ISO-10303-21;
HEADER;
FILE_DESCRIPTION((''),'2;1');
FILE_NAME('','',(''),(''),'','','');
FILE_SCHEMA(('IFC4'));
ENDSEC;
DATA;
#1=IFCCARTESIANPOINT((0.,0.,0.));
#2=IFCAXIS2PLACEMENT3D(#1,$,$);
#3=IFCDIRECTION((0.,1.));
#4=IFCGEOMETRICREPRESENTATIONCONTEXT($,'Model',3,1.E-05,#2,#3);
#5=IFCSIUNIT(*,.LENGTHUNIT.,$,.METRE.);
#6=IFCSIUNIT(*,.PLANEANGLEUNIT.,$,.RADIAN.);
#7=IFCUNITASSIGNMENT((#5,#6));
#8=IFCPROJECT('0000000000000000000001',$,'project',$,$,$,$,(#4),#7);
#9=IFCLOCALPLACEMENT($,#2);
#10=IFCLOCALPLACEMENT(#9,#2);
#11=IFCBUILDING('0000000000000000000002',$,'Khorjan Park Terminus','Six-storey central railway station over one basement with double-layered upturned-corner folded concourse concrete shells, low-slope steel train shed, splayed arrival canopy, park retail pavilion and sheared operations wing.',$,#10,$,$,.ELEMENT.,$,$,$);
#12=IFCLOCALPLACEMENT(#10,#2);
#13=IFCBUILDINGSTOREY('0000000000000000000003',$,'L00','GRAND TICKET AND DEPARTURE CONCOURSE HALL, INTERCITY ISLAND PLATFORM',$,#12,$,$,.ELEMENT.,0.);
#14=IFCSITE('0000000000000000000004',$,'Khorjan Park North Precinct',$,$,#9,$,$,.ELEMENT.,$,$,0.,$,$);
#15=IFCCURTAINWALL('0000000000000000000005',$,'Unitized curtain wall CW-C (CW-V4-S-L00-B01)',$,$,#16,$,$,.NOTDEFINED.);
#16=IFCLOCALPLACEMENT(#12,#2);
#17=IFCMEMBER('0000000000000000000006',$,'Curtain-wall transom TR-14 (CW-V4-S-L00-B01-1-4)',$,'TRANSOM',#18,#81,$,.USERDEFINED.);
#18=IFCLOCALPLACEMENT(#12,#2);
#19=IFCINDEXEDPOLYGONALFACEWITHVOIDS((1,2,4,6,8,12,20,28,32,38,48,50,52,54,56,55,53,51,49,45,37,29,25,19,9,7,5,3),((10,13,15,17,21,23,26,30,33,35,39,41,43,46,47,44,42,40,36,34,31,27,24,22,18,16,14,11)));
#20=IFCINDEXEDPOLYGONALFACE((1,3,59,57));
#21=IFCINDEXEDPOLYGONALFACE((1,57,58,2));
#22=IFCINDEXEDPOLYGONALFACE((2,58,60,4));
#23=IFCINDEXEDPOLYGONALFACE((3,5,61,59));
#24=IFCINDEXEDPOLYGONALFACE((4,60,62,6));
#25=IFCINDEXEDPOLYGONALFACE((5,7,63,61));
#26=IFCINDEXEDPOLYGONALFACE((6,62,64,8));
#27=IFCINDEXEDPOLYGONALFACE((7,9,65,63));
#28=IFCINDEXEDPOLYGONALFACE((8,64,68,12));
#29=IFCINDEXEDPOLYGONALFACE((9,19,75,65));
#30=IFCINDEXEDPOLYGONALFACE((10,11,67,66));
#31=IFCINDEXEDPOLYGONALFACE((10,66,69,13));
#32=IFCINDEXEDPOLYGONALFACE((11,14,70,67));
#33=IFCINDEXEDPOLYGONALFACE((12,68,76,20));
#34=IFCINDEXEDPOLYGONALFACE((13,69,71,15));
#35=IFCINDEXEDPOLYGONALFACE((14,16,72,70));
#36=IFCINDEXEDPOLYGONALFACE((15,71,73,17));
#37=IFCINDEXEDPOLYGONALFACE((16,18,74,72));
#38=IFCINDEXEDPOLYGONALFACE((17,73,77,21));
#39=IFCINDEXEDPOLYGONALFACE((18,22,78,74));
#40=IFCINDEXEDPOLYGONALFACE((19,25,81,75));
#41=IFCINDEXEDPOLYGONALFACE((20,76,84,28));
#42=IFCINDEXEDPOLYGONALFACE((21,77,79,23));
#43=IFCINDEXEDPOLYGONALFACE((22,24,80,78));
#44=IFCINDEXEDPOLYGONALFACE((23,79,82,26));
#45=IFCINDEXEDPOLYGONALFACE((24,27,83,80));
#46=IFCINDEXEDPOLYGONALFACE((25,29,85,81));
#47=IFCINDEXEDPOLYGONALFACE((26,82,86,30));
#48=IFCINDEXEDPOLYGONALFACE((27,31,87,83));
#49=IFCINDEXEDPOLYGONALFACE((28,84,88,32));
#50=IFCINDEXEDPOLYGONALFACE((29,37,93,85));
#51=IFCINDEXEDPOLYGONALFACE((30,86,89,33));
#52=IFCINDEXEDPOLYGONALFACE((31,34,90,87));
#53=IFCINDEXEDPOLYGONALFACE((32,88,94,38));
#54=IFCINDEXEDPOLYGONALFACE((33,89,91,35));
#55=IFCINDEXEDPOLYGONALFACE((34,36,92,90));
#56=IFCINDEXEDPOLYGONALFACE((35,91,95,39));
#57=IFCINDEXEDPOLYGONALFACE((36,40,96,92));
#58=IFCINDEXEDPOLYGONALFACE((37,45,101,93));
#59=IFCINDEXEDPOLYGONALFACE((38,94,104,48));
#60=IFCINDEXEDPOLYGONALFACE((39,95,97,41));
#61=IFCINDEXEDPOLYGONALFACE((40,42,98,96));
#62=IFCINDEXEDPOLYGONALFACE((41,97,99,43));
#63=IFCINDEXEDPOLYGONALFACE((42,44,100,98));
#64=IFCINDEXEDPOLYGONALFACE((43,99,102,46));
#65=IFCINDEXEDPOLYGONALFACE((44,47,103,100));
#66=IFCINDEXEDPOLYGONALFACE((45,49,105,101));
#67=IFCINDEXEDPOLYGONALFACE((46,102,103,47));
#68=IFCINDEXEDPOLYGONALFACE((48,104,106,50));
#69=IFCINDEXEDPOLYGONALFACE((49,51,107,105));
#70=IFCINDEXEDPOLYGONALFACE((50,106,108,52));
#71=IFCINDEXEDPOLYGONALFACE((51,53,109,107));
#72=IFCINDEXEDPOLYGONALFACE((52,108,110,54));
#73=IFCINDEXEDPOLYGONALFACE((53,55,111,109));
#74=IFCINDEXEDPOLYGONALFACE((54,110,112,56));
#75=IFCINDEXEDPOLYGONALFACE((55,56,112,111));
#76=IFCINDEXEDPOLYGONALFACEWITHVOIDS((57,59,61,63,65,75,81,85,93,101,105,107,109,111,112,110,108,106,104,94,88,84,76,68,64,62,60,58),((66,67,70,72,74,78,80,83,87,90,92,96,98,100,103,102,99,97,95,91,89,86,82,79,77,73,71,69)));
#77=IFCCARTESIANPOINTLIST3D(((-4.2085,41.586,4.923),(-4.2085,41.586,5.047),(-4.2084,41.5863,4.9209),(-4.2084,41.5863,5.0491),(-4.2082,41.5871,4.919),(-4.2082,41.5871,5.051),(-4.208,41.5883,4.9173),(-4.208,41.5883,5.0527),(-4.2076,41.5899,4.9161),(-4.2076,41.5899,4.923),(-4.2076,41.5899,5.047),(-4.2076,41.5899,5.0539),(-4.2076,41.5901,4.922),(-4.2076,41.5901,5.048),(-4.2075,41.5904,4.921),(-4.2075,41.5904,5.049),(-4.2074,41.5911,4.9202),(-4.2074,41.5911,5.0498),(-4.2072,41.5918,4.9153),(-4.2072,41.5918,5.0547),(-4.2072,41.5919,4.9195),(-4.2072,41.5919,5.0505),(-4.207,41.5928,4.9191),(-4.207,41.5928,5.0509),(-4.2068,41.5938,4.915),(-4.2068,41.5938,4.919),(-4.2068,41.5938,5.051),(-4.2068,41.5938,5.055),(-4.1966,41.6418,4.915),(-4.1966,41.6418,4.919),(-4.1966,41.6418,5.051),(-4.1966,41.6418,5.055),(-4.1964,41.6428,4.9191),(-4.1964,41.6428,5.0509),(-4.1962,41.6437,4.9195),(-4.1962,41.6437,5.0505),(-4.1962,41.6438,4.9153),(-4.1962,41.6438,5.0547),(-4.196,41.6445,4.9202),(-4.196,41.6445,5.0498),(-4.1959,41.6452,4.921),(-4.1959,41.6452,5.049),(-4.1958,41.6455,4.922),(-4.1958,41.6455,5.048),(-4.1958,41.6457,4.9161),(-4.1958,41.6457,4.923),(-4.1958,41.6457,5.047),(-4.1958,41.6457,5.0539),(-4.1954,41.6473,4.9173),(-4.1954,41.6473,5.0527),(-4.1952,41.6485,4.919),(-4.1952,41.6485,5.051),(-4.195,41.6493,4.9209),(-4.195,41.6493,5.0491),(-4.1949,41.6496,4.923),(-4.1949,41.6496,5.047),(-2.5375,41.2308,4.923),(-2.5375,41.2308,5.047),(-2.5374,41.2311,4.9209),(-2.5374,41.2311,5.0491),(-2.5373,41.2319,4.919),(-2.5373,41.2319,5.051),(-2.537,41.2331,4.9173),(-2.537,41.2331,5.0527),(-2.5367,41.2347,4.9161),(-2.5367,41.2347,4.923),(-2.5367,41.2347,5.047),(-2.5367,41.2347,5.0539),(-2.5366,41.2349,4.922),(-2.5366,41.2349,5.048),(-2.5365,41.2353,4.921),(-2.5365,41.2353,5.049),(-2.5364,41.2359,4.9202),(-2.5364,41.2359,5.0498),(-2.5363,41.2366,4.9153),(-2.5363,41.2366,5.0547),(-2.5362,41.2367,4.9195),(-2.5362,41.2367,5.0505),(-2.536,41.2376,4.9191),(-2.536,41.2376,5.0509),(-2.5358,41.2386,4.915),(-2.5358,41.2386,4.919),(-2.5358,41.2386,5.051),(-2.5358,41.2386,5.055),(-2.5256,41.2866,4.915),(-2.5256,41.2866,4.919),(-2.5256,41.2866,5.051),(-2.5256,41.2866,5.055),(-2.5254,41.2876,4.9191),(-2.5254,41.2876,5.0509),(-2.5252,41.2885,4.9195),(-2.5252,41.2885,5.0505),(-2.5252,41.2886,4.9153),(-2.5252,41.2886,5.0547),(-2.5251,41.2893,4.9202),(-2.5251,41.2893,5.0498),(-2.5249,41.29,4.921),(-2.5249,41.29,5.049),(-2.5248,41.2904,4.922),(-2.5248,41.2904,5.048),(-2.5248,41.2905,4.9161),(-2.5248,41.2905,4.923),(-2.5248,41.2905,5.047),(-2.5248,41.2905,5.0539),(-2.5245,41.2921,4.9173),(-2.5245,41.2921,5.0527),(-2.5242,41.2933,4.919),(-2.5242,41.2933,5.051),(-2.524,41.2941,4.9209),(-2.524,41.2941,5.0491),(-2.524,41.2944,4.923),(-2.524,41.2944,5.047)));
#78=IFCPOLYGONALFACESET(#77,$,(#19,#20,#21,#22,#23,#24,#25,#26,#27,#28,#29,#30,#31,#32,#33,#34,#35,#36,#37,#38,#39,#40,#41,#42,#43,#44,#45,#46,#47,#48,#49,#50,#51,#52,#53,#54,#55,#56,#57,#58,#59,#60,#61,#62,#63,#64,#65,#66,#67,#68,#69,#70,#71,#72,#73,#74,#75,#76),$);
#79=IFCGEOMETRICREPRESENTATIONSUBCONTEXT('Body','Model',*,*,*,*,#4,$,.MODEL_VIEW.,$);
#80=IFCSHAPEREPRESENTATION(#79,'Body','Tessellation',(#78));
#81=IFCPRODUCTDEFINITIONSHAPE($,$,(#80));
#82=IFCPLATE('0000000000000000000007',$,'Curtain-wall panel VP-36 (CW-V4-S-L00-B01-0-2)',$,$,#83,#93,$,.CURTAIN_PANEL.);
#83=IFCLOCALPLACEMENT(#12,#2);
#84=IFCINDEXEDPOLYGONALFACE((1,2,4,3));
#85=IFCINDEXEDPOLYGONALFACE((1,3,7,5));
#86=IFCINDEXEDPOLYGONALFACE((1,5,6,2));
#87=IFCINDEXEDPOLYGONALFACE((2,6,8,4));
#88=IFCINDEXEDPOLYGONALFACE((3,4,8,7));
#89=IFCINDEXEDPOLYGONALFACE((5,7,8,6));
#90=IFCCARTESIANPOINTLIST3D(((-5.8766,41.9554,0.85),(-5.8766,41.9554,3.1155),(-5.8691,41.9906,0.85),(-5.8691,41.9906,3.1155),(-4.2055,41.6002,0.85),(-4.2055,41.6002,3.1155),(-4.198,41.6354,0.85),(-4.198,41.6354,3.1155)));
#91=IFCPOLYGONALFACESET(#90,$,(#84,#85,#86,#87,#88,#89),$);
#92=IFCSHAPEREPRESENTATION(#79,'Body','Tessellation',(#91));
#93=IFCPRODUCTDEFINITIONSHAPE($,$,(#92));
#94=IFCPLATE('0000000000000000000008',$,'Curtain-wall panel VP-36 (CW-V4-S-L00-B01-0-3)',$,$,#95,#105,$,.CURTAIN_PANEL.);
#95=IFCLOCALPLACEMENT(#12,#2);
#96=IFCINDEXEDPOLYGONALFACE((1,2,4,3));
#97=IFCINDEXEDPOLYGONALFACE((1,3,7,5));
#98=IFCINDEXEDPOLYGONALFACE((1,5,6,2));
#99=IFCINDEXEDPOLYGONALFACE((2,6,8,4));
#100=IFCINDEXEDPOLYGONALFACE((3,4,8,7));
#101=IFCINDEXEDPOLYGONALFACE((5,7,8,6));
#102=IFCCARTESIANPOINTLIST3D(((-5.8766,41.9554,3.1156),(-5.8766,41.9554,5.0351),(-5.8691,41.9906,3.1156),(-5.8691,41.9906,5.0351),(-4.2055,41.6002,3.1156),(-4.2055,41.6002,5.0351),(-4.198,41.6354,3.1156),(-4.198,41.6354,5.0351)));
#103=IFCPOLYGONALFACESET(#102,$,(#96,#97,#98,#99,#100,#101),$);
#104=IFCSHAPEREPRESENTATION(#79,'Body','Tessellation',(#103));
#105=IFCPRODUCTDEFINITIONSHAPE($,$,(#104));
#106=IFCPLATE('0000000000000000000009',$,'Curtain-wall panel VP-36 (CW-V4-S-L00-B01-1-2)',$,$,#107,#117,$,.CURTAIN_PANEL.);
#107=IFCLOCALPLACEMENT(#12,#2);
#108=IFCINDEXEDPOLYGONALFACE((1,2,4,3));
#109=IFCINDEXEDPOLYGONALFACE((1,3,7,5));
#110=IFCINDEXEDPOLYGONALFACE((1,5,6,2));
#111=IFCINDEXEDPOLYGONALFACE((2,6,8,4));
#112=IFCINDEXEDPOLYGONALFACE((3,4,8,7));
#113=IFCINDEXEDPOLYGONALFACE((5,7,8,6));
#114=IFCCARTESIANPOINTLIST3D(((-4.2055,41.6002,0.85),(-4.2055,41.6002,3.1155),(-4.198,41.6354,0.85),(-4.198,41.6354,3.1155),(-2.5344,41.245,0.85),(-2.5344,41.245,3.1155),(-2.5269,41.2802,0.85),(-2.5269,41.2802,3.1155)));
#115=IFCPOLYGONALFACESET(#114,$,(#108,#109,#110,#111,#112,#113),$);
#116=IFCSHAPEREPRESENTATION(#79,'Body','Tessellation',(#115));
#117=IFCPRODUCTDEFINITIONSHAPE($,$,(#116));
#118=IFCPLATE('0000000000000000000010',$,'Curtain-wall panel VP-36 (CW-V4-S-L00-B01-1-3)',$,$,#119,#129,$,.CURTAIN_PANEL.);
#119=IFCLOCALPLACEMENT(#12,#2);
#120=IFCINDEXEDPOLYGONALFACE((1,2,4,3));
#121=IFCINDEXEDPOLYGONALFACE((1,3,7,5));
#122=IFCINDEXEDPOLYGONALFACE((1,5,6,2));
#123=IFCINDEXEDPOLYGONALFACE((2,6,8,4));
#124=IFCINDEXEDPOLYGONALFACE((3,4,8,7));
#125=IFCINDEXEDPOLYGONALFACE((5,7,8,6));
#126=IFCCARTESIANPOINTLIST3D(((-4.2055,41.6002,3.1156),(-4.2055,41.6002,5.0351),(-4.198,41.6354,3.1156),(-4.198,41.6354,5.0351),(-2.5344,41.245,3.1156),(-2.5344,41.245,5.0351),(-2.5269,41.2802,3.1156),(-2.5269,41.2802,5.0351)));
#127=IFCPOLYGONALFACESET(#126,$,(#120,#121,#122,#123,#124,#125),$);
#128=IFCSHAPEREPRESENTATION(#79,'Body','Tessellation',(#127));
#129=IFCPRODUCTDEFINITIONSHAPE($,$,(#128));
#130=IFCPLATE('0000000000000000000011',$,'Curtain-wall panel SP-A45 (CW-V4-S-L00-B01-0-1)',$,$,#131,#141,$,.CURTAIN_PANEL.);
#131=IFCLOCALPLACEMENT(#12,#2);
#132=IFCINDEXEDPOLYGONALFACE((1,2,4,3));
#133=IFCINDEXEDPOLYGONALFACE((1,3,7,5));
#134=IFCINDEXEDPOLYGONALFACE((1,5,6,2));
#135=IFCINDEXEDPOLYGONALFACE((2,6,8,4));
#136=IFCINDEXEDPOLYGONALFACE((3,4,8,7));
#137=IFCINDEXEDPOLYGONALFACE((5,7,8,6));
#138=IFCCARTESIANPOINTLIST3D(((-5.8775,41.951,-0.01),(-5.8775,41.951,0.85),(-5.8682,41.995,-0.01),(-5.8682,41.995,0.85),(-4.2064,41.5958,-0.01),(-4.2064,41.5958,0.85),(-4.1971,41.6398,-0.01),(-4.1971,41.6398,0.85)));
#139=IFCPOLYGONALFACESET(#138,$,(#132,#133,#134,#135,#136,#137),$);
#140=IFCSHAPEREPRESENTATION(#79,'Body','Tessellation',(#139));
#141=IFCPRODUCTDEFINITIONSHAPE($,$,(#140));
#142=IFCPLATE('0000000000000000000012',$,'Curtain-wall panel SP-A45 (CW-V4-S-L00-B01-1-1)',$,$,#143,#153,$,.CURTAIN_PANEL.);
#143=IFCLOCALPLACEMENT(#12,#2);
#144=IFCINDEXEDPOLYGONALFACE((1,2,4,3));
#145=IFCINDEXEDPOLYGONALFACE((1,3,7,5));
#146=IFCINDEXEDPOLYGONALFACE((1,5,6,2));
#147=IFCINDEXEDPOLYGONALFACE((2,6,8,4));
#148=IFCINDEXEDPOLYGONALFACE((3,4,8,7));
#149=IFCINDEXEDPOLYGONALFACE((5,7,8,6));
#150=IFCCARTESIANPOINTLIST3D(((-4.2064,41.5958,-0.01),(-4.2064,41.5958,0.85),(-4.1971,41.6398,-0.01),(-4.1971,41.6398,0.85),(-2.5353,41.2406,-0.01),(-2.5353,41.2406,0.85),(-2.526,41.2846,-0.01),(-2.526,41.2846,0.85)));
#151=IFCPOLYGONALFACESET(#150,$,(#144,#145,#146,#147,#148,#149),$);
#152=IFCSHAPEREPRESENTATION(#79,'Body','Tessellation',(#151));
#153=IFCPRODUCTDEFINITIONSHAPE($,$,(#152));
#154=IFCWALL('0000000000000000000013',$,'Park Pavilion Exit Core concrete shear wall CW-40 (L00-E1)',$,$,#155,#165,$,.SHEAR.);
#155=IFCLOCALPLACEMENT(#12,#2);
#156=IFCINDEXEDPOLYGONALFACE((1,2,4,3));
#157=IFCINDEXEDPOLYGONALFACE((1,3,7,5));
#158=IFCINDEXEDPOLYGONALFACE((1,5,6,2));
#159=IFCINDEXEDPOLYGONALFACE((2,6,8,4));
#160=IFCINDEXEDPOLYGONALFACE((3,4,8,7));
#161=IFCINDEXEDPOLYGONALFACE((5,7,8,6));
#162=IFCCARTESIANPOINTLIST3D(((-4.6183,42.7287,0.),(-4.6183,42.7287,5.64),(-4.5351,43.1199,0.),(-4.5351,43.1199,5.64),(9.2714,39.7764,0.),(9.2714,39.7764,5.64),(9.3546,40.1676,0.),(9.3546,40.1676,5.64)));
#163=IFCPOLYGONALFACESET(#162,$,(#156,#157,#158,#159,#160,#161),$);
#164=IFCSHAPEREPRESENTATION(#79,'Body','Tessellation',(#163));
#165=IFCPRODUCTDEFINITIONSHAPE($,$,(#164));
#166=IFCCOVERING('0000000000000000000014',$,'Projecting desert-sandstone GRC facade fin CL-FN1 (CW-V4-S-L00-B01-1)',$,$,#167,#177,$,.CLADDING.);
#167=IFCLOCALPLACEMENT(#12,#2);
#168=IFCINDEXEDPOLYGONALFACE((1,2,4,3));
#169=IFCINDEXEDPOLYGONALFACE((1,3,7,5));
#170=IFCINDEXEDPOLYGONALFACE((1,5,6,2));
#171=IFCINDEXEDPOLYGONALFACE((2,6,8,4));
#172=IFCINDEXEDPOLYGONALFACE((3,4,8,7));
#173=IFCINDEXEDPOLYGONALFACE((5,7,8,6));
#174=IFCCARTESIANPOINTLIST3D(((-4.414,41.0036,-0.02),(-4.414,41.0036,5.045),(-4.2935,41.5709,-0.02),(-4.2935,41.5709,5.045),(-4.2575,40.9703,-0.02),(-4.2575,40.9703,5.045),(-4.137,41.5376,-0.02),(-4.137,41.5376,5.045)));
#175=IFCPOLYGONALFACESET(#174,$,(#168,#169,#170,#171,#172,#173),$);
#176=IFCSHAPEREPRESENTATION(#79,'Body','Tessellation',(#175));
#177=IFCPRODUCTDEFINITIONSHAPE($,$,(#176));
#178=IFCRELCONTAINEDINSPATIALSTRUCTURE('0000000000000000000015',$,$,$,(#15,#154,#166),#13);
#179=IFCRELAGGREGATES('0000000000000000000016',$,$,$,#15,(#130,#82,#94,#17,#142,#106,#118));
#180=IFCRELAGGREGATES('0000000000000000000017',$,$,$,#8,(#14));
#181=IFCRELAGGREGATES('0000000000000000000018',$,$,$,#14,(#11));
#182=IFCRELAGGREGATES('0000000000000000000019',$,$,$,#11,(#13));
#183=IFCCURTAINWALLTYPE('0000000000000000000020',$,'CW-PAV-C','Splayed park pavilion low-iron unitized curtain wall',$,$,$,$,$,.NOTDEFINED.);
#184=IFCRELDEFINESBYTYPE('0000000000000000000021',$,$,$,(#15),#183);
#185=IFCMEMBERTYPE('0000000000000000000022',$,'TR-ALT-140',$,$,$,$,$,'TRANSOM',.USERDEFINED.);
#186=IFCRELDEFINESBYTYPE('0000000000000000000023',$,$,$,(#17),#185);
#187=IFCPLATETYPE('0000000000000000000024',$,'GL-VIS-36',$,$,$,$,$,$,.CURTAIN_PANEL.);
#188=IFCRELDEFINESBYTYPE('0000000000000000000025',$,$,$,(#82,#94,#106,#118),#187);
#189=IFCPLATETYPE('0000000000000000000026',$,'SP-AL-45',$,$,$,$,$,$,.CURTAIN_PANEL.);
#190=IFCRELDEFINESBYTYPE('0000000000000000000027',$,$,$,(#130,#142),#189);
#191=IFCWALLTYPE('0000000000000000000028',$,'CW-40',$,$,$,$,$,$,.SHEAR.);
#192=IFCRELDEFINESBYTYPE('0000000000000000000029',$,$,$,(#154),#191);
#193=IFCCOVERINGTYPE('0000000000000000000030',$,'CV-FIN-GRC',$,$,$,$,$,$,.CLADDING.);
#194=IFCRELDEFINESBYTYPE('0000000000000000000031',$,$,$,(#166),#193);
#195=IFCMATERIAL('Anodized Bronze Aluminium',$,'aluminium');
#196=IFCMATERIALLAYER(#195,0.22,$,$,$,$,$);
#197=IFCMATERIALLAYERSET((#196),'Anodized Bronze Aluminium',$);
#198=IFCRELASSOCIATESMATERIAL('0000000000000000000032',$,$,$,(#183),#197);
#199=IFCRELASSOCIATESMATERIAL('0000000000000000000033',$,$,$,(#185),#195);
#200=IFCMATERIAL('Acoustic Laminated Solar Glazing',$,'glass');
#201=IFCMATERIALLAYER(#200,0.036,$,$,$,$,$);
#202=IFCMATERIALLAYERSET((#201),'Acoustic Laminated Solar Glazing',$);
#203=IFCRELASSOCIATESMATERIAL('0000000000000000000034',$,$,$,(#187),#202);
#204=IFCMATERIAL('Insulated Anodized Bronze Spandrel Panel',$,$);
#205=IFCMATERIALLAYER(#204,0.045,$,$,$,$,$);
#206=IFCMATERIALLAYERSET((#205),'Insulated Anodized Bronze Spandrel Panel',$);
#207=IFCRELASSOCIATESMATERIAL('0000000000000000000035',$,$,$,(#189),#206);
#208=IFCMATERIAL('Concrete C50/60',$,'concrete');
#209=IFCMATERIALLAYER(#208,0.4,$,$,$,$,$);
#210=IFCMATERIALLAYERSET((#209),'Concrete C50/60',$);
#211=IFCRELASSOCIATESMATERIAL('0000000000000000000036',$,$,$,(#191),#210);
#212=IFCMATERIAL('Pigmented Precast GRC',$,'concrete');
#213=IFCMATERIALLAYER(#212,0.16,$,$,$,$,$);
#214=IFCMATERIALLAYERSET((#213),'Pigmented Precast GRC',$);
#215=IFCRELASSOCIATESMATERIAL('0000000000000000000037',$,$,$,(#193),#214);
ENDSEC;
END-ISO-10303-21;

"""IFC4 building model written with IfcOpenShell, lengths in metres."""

from ifc_helpers import new_model, si_unit, direction, frame, frame_2d, origin, origin_2d, place, context, subcontext, project, spatial, rectangle, hollow_rectangle, extrude, material, layer, layer_set, material_profile, profile_set, type_object, element, aggregate, save


model = new_model("IFC4")

# Units and contexts
model_context = context("Model", 3, precision=1e-05, world=origin(), true_north=direction((0.0, 1.0)))
body_context = subcontext(model_context, "Body", "Model", "MODEL_VIEW")
ifc_project = project(units=[si_unit("LENGTHUNIT", "METRE"), si_unit("PLANEANGLEUNIT", "RADIAN")], contexts=[model_context])

# Site, building, storey
site_placement = place(None, origin())
site = spatial("IfcSite", under=ifc_project, at=site_placement, Name="Khorjan Park North Precinct", CompositionType="ELEMENT", RefElevation=0.0)
building_placement = place(site_placement, origin())
building = spatial("IfcBuilding", under=site, at=building_placement, Name="Khorjan Park Terminus", Description="Six-storey central railway station over one basement with double-layered upturned-corner folded concourse concrete shells, low-slope steel train shed, splayed arrival canopy, park retail pavilion and sheared operations wing.", CompositionType="ELEMENT")
storey_placement = place(building_placement, origin())
storey = spatial("IfcBuildingStorey", under=building, at=storey_placement, Name="L00", Description="GRAND TICKET AND DEPARTURE CONCOURSE HALL, INTERCITY ISLAND PLATFORM", CompositionType="ELEMENT", Elevation=0.0)

# Curtain wall, member, plates
ifc_material_1 = material(Name="Anodized Bronze Aluminium", Category="aluminium")
ifc_layer_1 = layer(ifc_material_1, 0.22)
ifc_layer_set_1 = layer_set([ifc_layer_1], Name="Anodized Bronze Aluminium")
curtain_wall_type = type_object("IfcCurtainWallType", Name="CW-PAV-C", Description="Splayed park pavilion low-iron unitized curtain wall", PredefinedType="NOTDEFINED", material=ifc_layer_set_1)
curtain_wall_placement = place(storey_placement, origin())
curtain_wall = element("IfcCurtainWall", 1, at=curtain_wall_placement, inside=storey, type_object=curtain_wall_type, Name="Unitized curtain wall CW-C (CW-V4-S-L00-B01)", PredefinedType="NOTDEFINED")
ifc_material_profile_1 = material_profile(ifc_material_1, hollow_rectangle(XDim=0.065, YDim=0.14, WallThickness=0.004, InnerFilletRadius=0.004, OuterFilletRadius=0.008, at=origin_2d()), Name="ALT 65x140x4")
ifc_profile_set_1 = profile_set([ifc_material_profile_1], Name="Anodized Bronze Aluminium")
member_type_1 = type_object("IfcMemberType", Name="TR-ALT-140", ElementType="TRANSOM", PredefinedType="USERDEFINED", material=ifc_profile_set_1)
member_1_placement = place(storey_placement, frame((-4.2017, 41.6178, 4.985), z_axis=(0.978145, -0.207922, 0.0), x_axis=(0.207922, 0.978145, 0.0)))
member_1 = element("IfcMember", 2, at=member_1_placement, type_object=member_type_1, Name="Curtain-wall transom TR-14 (CW-V4-S-L00-B01-1-4)", ObjectType="TRANSOM", PredefinedType="USERDEFINED", context=body_context, shape_type="SweptSolid", body=[
    extrude(hollow_rectangle(XDim=0.065, YDim=0.14, WallThickness=0.004, InnerFilletRadius=0.004, OuterFilletRadius=0.008, at=origin_2d()), origin(), (0.0, 0.0, 1.0), 1.7083),
])
ifc_material_2 = material(Name="Acoustic Laminated Solar Glazing", Category="glass")
ifc_layer_2 = layer(ifc_material_2, 0.036)
ifc_layer_set_2 = layer_set([ifc_layer_2], Name="Acoustic Laminated Solar Glazing")
plate_type_1 = type_object("IfcPlateType", Name="GL-VIS-36", PredefinedType="CURTAIN_PANEL", material=ifc_layer_set_2)
plate_1_placement = place(storey_placement, frame((-5.0373, 41.7954, 0.85), z_axis=(0.0, 0.0, 1.0), x_axis=(0.978147, -0.207914, 0.0)))
plate_1 = element("IfcPlate", 3, at=plate_1_placement, type_object=plate_type_1, Name="Curtain-wall panel VP-36 (CW-V4-S-L00-B01-0-2)", PredefinedType="CURTAIN_PANEL", context=body_context, shape_type="SweptSolid", body=[
    extrude(rectangle(XDim=1.7084, YDim=0.036, at=origin_2d()), origin(), (0.0, 0.0, 1.0), 2.2655),
])
plate_2_placement = place(storey_placement, frame((-5.0373, 41.7954, 3.1156), z_axis=(0.0, 0.0, 1.0), x_axis=(0.978147, -0.207914, 0.0)))
plate_2 = element("IfcPlate", 4, at=plate_2_placement, type_object=plate_type_1, Name="Curtain-wall panel VP-36 (CW-V4-S-L00-B01-0-3)", PredefinedType="CURTAIN_PANEL", context=body_context, shape_type="SweptSolid", body=[
    extrude(rectangle(XDim=1.7084, YDim=0.036, at=origin_2d()), origin(), (0.0, 0.0, 1.0), 1.9195),
])
plate_3_placement = place(storey_placement, frame((-3.3662, 41.4402, 0.85), z_axis=(0.0, 0.0, 1.0), x_axis=(0.978147, -0.207914, 0.0)))
plate_3 = element("IfcPlate", 5, at=plate_3_placement, type_object=plate_type_1, Name="Curtain-wall panel VP-36 (CW-V4-S-L00-B01-1-2)", PredefinedType="CURTAIN_PANEL", context=body_context, shape_type="SweptSolid", body=[
    extrude(rectangle(XDim=1.7084, YDim=0.036, at=origin_2d()), origin(), (0.0, 0.0, 1.0), 2.2655),
])
plate_4_placement = place(storey_placement, frame((-3.3662, 41.4402, 3.1156), z_axis=(0.0, 0.0, 1.0), x_axis=(0.978147, -0.207914, 0.0)))
plate_4 = element("IfcPlate", 6, at=plate_4_placement, type_object=plate_type_1, Name="Curtain-wall panel VP-36 (CW-V4-S-L00-B01-1-3)", PredefinedType="CURTAIN_PANEL", context=body_context, shape_type="SweptSolid", body=[
    extrude(rectangle(XDim=1.7084, YDim=0.036, at=origin_2d()), origin(), (0.0, 0.0, 1.0), 1.9195),
])
ifc_material_3 = material(Name="Insulated Anodized Bronze Spandrel Panel")
ifc_layer_3 = layer(ifc_material_3, 0.045)
ifc_layer_set_3 = layer_set([ifc_layer_3], Name="Insulated Anodized Bronze Spandrel Panel")
plate_type_2 = type_object("IfcPlateType", Name="SP-AL-45", PredefinedType="CURTAIN_PANEL", material=ifc_layer_set_3)
plate_5_placement = place(storey_placement, frame((-5.0373, 41.7954, -0.01), z_axis=(0.0, 0.0, 1.0), x_axis=(0.978147, -0.207914, 0.0)))
plate_5 = element("IfcPlate", 7, at=plate_5_placement, type_object=plate_type_2, Name="Curtain-wall panel SP-A45 (CW-V4-S-L00-B01-0-1)", PredefinedType="CURTAIN_PANEL", context=body_context, shape_type="SweptSolid", body=[
    extrude(rectangle(XDim=1.7084, YDim=0.045, at=origin_2d()), origin(), (0.0, 0.0, 1.0), 0.86),
])
plate_6_placement = place(storey_placement, frame((-3.3662, 41.4402, -0.01), z_axis=(0.0, 0.0, 1.0), x_axis=(0.978147, -0.207914, 0.0)))
plate_6 = element("IfcPlate", 8, at=plate_6_placement, type_object=plate_type_2, Name="Curtain-wall panel SP-A45 (CW-V4-S-L00-B01-1-1)", PredefinedType="CURTAIN_PANEL", context=body_context, shape_type="SweptSolid", body=[
    extrude(rectangle(XDim=1.7084, YDim=0.045, at=origin_2d()), origin(), (0.0, 0.0, 1.0), 0.86),
])
aggregate(curtain_wall, [plate_5, plate_1, plate_2, member_1, plate_6, plate_3, plate_4])

# Wall
ifc_material_4 = material(Name="Concrete C50/60", Category="concrete")
ifc_layer_4 = layer(ifc_material_4, 0.4)
ifc_layer_set_4 = layer_set([ifc_layer_4], Name="Concrete C50/60")
wall_type = type_object("IfcWallType", Name="CW-40", PredefinedType="SHEAR", material=ifc_layer_set_4)
wall_placement = place(storey_placement, frame((-4.5767, 42.9243, 0.0), z_axis=(0.0, 0.0, 1.0), x_axis=(0.978148, -0.207909, 0.0)))
element("IfcWall", 9, at=wall_placement, inside=storey, type_object=wall_type, Name="Park Pavilion Exit Core concrete shear wall CW-40 (L00-E1)", PredefinedType="SHEAR", context=body_context, shape_type="SweptSolid", body=[
    extrude(rectangle(XDim=14.2, YDim=0.4, at=frame_2d((7.1, 0.0))), origin(), (0.0, 0.0, 1.0), 5.64),
])

# Covering
ifc_material_5 = material(Name="Pigmented Precast GRC", Category="concrete")
ifc_layer_5 = layer(ifc_material_5, 0.16)
ifc_layer_set_5 = layer_set([ifc_layer_5], Name="Pigmented Precast GRC")
covering_type = type_object("IfcCoveringType", Name="CV-FIN-GRC", PredefinedType="CLADDING", material=ifc_layer_set_5)
covering_placement = place(storey_placement, frame((-4.2755, 41.2706, -0.02), z_axis=(0.0, 0.0, 1.0), x_axis=(0.207912, 0.978148, 0.0)))
element("IfcCovering", 10, at=covering_placement, inside=storey, type_object=covering_type, Name="Projecting desert-sandstone GRC facade fin CL-FN1 (CW-V4-S-L00-B01-1)", PredefinedType="CLADDING", context=body_context, shape_type="SweptSolid", body=[
    extrude(rectangle(XDim=0.58, YDim=0.16, at=origin_2d()), origin(), (0.0, 0.0, 1.0), 5.065),
])

save(model, "model.ifc")
